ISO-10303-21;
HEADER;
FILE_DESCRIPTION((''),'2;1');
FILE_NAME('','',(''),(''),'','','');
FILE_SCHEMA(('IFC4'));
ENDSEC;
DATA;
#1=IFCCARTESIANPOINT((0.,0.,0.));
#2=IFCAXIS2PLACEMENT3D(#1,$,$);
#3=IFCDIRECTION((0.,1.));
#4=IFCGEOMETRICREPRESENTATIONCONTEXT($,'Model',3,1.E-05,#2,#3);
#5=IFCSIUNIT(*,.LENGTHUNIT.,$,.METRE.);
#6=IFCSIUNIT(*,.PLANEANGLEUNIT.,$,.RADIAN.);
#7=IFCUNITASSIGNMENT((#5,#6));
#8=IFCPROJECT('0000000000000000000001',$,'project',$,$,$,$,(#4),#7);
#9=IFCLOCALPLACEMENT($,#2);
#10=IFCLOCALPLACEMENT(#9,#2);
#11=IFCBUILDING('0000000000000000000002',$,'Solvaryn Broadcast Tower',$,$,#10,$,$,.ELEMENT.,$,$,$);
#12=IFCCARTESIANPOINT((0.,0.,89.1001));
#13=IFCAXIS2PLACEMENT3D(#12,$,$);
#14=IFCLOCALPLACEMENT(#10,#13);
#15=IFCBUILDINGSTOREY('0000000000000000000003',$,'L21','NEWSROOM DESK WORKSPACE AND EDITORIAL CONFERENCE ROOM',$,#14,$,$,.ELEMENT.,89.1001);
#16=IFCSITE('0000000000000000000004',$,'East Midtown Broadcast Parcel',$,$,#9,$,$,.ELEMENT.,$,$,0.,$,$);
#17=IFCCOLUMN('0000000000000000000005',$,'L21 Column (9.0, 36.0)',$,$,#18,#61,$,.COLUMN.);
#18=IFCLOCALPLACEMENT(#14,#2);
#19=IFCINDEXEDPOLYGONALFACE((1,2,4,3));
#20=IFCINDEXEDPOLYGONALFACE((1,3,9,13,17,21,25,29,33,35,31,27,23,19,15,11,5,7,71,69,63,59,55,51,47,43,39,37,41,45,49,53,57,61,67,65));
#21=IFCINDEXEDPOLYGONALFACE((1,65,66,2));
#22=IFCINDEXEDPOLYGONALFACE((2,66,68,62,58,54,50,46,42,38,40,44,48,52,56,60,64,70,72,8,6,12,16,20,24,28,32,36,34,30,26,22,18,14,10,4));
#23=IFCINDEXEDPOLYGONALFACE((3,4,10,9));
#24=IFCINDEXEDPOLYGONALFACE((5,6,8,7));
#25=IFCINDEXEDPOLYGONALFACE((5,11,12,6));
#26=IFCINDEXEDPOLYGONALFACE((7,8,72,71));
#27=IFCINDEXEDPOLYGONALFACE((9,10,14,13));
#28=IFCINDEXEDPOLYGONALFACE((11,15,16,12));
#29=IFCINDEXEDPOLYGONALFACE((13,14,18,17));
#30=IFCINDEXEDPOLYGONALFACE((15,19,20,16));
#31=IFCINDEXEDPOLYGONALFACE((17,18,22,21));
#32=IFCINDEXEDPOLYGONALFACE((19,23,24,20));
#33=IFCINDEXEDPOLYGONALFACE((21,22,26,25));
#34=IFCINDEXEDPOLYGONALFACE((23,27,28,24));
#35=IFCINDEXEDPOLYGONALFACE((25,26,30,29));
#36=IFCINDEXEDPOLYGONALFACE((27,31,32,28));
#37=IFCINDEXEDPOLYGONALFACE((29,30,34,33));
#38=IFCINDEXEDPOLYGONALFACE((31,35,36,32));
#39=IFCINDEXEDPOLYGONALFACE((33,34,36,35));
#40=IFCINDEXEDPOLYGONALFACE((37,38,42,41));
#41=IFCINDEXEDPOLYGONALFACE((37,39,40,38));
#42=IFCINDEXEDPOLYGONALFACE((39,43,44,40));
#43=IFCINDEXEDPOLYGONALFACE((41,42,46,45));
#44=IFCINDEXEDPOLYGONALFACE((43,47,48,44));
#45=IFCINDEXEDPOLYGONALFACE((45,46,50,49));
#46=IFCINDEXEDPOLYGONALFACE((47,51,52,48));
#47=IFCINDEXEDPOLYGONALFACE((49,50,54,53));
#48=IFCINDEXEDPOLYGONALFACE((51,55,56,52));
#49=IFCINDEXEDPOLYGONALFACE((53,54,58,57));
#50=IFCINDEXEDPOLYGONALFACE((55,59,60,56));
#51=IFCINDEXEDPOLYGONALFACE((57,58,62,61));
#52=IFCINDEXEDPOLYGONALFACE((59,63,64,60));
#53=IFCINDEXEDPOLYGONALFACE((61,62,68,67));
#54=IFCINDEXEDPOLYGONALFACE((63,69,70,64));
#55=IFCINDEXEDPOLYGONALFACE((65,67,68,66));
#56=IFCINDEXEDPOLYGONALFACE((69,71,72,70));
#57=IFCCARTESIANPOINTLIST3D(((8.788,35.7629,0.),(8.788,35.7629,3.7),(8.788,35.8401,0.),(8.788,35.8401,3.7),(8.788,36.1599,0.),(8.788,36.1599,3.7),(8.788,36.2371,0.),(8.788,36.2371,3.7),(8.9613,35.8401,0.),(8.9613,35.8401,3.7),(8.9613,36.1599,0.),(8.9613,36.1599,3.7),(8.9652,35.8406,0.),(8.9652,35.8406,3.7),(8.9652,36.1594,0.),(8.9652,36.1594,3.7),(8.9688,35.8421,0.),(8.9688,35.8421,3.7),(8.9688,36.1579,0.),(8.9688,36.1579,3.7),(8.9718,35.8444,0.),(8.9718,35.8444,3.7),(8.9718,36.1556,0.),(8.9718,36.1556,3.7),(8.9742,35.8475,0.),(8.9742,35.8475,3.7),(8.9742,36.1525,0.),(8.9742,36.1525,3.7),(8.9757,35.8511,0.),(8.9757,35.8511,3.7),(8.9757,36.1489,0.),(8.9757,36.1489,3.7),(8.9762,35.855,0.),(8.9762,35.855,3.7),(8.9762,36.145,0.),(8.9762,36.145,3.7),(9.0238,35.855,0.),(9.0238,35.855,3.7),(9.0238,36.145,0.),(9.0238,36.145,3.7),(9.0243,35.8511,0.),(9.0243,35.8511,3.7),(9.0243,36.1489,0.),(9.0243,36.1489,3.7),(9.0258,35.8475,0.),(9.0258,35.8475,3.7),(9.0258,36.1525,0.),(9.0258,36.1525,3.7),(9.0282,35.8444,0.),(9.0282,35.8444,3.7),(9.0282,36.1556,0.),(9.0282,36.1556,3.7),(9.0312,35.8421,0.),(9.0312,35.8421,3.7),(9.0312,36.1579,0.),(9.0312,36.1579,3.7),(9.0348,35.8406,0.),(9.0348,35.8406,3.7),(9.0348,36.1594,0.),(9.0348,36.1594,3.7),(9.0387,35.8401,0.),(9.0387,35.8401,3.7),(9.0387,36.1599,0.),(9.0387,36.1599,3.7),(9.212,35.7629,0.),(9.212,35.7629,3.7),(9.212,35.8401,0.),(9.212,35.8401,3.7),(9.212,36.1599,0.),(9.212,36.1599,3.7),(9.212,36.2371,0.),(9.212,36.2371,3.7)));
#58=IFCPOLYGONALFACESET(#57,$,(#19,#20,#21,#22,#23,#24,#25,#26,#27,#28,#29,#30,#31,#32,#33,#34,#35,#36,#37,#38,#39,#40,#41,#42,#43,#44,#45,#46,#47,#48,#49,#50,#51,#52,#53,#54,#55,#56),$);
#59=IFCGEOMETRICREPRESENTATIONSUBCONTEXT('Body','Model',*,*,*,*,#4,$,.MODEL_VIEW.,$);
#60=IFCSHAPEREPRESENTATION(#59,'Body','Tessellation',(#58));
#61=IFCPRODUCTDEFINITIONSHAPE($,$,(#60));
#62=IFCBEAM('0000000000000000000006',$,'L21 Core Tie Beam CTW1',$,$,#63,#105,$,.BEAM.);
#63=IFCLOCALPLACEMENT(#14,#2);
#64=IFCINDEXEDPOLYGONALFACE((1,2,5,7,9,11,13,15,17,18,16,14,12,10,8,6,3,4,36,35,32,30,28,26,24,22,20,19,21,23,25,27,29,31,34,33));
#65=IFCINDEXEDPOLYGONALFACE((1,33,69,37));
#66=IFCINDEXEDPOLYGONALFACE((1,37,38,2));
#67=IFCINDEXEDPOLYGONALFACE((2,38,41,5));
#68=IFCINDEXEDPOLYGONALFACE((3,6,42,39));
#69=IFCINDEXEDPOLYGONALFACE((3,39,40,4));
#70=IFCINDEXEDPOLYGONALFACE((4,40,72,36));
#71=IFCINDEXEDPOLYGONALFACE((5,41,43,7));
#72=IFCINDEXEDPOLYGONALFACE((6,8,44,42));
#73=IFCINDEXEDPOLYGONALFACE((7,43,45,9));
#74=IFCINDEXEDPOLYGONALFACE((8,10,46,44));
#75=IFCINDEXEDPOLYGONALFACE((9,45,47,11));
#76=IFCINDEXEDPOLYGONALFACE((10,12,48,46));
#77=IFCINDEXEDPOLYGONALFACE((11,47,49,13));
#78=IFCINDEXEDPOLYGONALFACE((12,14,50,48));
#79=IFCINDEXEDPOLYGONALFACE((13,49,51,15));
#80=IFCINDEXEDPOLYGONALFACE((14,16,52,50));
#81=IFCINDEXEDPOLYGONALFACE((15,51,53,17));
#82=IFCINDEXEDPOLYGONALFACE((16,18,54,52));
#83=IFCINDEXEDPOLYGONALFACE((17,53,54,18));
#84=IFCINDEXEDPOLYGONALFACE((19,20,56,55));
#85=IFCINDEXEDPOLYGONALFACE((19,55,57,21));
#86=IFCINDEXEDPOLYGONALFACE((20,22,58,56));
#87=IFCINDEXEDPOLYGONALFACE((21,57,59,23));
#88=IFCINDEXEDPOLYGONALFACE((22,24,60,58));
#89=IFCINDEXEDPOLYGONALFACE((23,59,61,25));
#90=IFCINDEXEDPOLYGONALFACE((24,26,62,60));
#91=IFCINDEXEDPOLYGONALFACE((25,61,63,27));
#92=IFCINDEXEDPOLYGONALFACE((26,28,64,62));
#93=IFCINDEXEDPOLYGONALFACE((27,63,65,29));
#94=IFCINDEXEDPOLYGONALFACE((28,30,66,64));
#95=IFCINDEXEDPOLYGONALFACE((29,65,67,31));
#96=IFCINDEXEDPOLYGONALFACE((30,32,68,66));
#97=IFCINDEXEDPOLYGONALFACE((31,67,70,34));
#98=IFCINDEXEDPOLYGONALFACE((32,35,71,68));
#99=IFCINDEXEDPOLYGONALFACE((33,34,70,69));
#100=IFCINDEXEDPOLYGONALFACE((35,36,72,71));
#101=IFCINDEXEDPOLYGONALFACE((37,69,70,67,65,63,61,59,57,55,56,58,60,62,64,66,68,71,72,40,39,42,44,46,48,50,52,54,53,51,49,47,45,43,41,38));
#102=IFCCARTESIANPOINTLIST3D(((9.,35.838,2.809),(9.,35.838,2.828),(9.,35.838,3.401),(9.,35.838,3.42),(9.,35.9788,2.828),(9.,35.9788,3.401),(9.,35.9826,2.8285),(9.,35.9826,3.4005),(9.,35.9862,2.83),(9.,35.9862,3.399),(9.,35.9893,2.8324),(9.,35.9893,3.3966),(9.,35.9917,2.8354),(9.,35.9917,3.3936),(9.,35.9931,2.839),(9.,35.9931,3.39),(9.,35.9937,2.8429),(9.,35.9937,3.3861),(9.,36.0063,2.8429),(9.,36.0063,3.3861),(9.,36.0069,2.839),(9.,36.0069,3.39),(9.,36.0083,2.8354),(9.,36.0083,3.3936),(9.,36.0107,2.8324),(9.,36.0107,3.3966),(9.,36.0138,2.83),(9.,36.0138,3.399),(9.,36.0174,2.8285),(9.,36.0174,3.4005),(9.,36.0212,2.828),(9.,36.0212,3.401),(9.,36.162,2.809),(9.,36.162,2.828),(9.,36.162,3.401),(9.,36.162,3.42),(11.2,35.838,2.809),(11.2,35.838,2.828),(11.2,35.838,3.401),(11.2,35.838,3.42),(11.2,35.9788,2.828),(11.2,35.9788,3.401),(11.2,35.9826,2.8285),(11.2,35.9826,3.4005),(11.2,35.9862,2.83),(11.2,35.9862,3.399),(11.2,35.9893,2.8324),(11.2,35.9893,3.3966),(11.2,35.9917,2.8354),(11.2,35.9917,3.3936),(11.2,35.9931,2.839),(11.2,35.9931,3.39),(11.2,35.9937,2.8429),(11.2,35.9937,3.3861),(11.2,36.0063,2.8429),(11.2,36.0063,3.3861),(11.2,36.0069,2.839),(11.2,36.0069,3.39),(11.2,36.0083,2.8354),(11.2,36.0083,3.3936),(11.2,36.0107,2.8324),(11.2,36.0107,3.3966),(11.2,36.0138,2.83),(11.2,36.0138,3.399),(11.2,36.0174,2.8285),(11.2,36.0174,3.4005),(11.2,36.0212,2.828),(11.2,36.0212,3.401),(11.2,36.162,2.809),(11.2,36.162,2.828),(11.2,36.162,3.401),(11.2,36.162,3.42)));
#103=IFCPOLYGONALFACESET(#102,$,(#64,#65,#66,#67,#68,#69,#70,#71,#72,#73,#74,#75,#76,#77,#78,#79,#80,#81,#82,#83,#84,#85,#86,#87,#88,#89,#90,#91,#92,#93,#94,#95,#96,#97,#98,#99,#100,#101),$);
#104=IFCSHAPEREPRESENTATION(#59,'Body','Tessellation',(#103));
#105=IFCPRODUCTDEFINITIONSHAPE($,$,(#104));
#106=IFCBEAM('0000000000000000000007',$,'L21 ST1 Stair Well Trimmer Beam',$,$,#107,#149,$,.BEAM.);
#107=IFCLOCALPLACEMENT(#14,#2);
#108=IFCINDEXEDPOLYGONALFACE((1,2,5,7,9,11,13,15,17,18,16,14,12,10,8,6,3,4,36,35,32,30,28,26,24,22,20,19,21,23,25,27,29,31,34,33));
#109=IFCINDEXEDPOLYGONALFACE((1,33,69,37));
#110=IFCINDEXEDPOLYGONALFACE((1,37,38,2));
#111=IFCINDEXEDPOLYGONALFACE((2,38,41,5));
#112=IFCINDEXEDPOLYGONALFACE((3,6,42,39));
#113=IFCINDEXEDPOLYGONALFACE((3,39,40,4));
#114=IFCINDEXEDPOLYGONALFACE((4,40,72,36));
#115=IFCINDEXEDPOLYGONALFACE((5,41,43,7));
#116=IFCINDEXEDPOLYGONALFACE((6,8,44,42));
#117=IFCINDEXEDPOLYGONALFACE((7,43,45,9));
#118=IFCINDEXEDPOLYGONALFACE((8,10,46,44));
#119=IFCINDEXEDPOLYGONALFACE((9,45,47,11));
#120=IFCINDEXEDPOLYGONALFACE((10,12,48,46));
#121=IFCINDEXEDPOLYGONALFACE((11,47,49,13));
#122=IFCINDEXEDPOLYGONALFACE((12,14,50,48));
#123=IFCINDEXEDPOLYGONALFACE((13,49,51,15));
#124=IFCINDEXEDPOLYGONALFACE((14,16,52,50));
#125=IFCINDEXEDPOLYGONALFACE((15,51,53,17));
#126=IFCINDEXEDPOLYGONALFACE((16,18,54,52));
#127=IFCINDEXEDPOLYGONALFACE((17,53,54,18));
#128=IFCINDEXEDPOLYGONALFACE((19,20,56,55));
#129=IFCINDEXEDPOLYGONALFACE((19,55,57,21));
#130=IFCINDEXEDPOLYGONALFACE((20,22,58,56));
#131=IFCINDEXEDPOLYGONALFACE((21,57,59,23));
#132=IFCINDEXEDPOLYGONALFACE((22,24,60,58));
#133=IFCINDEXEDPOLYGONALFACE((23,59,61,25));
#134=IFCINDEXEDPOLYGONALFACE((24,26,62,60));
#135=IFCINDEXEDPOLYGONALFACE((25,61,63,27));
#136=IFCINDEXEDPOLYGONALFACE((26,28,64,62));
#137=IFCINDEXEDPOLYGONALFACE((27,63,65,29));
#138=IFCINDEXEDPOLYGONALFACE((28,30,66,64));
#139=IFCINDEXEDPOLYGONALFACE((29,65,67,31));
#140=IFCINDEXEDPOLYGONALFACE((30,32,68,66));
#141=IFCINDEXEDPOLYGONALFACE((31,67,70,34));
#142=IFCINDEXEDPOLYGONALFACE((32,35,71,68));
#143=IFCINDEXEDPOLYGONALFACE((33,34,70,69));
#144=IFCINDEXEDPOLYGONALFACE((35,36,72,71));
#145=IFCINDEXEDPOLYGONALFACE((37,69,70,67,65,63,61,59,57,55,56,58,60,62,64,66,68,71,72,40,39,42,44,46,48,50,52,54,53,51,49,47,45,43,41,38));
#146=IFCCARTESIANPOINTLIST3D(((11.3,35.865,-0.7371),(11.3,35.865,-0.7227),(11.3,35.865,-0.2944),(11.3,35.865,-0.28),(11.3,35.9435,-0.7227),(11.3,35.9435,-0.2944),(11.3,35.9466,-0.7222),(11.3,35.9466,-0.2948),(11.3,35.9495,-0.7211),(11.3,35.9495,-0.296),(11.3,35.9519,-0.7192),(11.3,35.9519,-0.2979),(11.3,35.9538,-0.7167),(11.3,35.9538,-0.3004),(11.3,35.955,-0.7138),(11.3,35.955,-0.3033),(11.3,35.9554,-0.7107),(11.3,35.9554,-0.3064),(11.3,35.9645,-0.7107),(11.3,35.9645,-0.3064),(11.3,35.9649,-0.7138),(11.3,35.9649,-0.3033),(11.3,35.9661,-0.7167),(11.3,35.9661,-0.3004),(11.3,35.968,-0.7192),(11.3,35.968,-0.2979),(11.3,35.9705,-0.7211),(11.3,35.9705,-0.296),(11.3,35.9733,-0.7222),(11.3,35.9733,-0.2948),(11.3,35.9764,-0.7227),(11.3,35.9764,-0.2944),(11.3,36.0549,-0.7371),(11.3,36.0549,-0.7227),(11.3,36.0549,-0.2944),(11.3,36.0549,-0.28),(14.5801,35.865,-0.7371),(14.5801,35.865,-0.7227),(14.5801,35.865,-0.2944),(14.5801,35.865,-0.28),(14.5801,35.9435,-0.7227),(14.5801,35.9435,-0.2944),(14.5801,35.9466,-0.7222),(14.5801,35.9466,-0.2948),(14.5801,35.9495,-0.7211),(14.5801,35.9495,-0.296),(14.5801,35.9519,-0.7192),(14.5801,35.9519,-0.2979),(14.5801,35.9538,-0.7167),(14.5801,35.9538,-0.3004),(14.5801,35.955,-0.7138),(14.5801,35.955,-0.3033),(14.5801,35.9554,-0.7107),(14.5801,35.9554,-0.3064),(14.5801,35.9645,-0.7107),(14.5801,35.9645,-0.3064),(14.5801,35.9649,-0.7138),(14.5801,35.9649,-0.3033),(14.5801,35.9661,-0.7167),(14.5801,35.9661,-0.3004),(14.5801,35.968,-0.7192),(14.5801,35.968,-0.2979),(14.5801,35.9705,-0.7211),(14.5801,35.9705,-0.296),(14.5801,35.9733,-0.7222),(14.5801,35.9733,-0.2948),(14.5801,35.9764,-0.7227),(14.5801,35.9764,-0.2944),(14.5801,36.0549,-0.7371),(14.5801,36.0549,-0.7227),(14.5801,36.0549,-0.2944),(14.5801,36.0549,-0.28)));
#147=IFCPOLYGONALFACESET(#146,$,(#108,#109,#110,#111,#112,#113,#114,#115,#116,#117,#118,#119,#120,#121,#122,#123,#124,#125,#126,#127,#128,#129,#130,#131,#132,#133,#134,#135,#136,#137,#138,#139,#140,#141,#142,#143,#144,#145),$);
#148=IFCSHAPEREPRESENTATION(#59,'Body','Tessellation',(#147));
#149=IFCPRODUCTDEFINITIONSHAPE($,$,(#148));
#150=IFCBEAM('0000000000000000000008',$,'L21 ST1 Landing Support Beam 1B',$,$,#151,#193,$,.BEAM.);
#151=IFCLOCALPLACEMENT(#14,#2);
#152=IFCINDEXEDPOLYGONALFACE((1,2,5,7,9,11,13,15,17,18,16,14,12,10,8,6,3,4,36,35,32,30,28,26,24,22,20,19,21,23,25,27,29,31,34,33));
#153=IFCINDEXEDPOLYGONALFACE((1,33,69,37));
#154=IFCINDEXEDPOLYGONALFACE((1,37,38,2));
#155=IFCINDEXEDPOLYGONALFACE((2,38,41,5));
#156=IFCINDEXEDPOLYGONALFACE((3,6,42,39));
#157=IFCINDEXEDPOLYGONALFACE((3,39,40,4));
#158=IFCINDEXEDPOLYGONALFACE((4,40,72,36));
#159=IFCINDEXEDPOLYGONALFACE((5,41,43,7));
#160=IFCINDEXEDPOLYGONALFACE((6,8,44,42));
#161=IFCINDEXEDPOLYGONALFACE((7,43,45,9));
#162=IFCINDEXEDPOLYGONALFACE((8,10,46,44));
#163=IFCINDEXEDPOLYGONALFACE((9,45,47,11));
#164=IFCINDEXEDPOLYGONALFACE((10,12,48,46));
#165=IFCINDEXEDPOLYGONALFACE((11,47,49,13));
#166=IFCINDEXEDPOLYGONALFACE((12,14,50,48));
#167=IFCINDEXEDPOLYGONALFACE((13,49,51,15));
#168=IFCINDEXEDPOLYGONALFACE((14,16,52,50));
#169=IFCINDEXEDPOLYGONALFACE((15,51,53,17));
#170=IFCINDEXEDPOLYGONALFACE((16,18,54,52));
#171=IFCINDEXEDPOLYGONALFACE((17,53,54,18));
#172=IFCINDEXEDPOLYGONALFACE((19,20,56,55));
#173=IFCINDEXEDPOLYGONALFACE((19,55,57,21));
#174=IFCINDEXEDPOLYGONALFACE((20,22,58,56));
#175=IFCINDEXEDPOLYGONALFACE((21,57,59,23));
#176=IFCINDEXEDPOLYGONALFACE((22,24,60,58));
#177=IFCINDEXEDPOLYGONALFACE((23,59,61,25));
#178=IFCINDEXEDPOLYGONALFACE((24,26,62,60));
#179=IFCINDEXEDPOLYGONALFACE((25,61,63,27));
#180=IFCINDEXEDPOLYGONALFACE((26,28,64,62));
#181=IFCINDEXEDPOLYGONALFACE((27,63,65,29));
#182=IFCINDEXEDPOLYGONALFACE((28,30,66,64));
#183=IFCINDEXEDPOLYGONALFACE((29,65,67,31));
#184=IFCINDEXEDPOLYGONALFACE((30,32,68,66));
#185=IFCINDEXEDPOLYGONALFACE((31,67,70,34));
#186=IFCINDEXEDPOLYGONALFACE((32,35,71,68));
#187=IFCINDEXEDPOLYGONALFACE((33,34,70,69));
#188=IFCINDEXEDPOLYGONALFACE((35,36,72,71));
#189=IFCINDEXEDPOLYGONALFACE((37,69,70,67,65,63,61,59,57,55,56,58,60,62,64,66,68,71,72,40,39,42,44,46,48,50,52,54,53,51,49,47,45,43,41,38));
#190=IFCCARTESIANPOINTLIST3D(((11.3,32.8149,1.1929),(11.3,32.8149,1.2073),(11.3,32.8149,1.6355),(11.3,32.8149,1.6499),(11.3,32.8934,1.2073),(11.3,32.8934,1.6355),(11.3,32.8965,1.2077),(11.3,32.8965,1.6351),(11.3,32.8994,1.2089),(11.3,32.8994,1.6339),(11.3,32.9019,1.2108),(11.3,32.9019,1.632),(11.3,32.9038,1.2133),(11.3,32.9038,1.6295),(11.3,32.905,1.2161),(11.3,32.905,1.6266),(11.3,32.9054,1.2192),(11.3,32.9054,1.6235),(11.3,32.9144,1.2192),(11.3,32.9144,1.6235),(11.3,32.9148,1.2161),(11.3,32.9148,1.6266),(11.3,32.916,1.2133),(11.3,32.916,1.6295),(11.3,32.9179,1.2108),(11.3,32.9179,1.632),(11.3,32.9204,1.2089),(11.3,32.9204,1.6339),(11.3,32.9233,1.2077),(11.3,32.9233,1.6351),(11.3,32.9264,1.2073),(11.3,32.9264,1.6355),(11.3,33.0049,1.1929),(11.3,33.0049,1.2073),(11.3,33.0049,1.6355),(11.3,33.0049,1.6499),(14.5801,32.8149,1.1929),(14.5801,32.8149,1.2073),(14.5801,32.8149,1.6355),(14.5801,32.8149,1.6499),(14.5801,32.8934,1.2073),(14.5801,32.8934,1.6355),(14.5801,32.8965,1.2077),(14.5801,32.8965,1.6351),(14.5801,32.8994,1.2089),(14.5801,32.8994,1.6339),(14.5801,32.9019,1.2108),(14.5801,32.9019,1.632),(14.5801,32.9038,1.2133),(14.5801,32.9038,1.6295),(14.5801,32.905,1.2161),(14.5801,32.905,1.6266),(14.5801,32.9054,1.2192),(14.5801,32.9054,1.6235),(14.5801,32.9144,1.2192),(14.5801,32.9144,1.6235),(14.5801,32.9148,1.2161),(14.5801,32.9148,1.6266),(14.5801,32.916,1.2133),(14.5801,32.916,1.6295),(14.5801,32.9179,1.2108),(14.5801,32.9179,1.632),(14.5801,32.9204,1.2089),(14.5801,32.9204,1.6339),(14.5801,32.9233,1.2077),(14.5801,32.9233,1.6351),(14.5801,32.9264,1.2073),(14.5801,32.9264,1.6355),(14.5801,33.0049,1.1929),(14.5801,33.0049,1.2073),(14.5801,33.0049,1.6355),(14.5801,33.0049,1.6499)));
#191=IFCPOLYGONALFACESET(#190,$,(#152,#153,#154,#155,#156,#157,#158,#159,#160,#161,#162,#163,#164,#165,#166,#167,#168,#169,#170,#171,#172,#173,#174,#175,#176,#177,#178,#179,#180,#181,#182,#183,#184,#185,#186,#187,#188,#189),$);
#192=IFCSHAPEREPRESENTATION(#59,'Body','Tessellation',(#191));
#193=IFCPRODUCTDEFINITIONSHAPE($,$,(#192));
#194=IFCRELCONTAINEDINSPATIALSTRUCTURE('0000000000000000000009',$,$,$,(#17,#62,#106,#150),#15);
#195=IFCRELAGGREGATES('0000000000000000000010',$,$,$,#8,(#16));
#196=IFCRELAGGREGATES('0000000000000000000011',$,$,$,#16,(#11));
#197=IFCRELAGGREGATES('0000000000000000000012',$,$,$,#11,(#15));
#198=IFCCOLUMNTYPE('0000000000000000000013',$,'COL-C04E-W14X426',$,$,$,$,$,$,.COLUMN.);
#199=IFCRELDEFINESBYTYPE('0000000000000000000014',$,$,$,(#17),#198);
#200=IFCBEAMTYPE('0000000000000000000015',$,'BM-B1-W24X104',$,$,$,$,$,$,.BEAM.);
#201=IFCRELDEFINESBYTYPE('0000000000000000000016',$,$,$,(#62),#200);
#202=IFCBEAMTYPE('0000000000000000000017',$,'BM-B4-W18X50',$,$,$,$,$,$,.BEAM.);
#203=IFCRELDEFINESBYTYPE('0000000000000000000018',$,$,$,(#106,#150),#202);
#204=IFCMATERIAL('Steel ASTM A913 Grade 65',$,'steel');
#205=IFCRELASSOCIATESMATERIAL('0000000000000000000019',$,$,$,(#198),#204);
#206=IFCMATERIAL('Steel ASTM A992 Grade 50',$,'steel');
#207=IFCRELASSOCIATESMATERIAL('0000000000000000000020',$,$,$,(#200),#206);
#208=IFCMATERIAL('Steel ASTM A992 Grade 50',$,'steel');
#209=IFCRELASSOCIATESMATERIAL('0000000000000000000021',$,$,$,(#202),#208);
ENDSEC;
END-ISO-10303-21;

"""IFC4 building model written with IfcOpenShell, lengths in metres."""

from ifc_helpers import new_model, si_unit, direction, frame, origin, origin_2d, place, context, subcontext, project, spatial, i_section, extrude, material, material_profile, profile_set, type_object, element, save


model = new_model("IFC4")

# Units and contexts
model_context = context("Model", 3, precision=1e-05, world=origin(), true_north=direction((0.0, 1.0)))
body_context = subcontext(model_context, "Body", "Model", "MODEL_VIEW")
ifc_project = project(units=[si_unit("LENGTHUNIT", "METRE"), si_unit("PLANEANGLEUNIT", "RADIAN")], contexts=[model_context])

# Site, building, storey
site_placement = place(None, origin())
site = spatial("IfcSite", under=ifc_project, at=site_placement, Name="East Midtown Broadcast Parcel", CompositionType="ELEMENT", RefElevation=0.0)
building_placement = place(site_placement, origin())
building = spatial("IfcBuilding", under=site, at=building_placement, Name="Solvaryn Broadcast Tower", CompositionType="ELEMENT")
storey_placement = place(building_placement, frame((0.0, 0.0, 89.1001)))
storey = spatial("IfcBuildingStorey", under=building, at=storey_placement, Name="L21", Description="NEWSROOM DESK WORKSPACE AND EDITORIAL CONFERENCE ROOM", CompositionType="ELEMENT", Elevation=89.1001)

# Column
ifc_material_1 = material(Name="Steel ASTM A913 Grade 65", Category="steel")
ifc_material_profile_1 = material_profile(ifc_material_1, i_section(OverallWidth=0.4241, OverallDepth=0.4741, WebThickness=0.0476, FlangeThickness=0.0771, FilletRadius=0.0149, at=origin_2d()))
ifc_profile_set_1 = profile_set([ifc_material_profile_1], Name="Steel ASTM A913 Grade 65")
column_type = type_object("IfcColumnType", Name="COL-C04E-W14X426", PredefinedType="COLUMN", material=ifc_profile_set_1)
column_placement = place(storey_placement, frame((9.0, 36.0, 0.0), z_axis=(0.0, 0.0, 1.0), x_axis=(1.0, 0.0, 0.0)))
element("IfcColumn", 1, at=column_placement, inside=storey, type_object=column_type, Name="L21 Column (9.0, 36.0)", PredefinedType="COLUMN", context=body_context, shape_type="SweptSolid", body=[
    extrude(i_section(OverallWidth=0.4241, OverallDepth=0.4741, WebThickness=0.0476, FlangeThickness=0.0771, FilletRadius=0.0149, at=origin_2d()), origin(), (0.0, 0.0, 1.0), 3.7),
])

# Beams
ifc_material_2 = material(Name="Steel ASTM A992 Grade 50", Category="steel")
ifc_material_profile_2 = material_profile(ifc_material_2, i_section(OverallWidth=0.324, OverallDepth=0.6111, WebThickness=0.0127, FlangeThickness=0.019, FilletRadius=0.0149, at=origin_2d()))
ifc_profile_set_2 = profile_set([ifc_material_profile_2], Name="Steel ASTM A992 Grade 50")
beam_type_1 = type_object("IfcBeamType", Name="BM-B1-W24X104", PredefinedType="BEAM", material=ifc_profile_set_2)
beam_1_placement = place(storey_placement, frame((9.0, 36.0, 3.1145), z_axis=(1.0, 0.0, 0.0), x_axis=(0.0, 1.0, 0.0)))
element("IfcBeam", 2, at=beam_1_placement, inside=storey, type_object=beam_type_1, Name="L21 Core Tie Beam CTW1", PredefinedType="BEAM", context=body_context, shape_type="SweptSolid", body=[
    extrude(i_section(OverallWidth=0.324, OverallDepth=0.6111, WebThickness=0.0127, FlangeThickness=0.019, FilletRadius=0.0149, at=origin_2d()), origin(), (0.0, 0.0, 1.0), 2.2),
])
ifc_material_3 = material(Name="Steel ASTM A992 Grade 50", Category="steel")
ifc_material_profile_3 = material_profile(ifc_material_3, i_section(OverallWidth=0.1899, OverallDepth=0.457, WebThickness=0.009, FlangeThickness=0.0144, FilletRadius=0.012, at=origin_2d()))
ifc_profile_set_3 = profile_set([ifc_material_profile_3], Name="Steel ASTM A992 Grade 50")
beam_type_2 = type_object("IfcBeamType", Name="BM-B4-W18X50", PredefinedType="BEAM", material=ifc_profile_set_3)
for number, where, z_axis, x_axis, name in (
    (3, (11.3, 35.96, -0.5085), (1.0, 0.0, 0.0), (0.0, 1.0, 0.0), "L21 ST1 Stair Well Trimmer Beam"),
    (4, (11.3, 32.9099, 1.4214), (1.0, 0.0, 0.0), (0.0, 1.0, 0.0), "L21 ST1 Landing Support Beam 1B"),
):
    element("IfcBeam", number, at=place(storey_placement, frame(where, z_axis=z_axis, x_axis=x_axis)), inside=storey, type_object=beam_type_2, Name=name, PredefinedType="BEAM", context=body_context, shape_type="SweptSolid", body=[
        extrude(i_section(OverallWidth=0.1899, OverallDepth=0.457, WebThickness=0.009, FlangeThickness=0.0144, FilletRadius=0.012, at=origin_2d()), origin(), (0.0, 0.0, 1.0), 3.28),
    ])

save(model, "model.ifc")
